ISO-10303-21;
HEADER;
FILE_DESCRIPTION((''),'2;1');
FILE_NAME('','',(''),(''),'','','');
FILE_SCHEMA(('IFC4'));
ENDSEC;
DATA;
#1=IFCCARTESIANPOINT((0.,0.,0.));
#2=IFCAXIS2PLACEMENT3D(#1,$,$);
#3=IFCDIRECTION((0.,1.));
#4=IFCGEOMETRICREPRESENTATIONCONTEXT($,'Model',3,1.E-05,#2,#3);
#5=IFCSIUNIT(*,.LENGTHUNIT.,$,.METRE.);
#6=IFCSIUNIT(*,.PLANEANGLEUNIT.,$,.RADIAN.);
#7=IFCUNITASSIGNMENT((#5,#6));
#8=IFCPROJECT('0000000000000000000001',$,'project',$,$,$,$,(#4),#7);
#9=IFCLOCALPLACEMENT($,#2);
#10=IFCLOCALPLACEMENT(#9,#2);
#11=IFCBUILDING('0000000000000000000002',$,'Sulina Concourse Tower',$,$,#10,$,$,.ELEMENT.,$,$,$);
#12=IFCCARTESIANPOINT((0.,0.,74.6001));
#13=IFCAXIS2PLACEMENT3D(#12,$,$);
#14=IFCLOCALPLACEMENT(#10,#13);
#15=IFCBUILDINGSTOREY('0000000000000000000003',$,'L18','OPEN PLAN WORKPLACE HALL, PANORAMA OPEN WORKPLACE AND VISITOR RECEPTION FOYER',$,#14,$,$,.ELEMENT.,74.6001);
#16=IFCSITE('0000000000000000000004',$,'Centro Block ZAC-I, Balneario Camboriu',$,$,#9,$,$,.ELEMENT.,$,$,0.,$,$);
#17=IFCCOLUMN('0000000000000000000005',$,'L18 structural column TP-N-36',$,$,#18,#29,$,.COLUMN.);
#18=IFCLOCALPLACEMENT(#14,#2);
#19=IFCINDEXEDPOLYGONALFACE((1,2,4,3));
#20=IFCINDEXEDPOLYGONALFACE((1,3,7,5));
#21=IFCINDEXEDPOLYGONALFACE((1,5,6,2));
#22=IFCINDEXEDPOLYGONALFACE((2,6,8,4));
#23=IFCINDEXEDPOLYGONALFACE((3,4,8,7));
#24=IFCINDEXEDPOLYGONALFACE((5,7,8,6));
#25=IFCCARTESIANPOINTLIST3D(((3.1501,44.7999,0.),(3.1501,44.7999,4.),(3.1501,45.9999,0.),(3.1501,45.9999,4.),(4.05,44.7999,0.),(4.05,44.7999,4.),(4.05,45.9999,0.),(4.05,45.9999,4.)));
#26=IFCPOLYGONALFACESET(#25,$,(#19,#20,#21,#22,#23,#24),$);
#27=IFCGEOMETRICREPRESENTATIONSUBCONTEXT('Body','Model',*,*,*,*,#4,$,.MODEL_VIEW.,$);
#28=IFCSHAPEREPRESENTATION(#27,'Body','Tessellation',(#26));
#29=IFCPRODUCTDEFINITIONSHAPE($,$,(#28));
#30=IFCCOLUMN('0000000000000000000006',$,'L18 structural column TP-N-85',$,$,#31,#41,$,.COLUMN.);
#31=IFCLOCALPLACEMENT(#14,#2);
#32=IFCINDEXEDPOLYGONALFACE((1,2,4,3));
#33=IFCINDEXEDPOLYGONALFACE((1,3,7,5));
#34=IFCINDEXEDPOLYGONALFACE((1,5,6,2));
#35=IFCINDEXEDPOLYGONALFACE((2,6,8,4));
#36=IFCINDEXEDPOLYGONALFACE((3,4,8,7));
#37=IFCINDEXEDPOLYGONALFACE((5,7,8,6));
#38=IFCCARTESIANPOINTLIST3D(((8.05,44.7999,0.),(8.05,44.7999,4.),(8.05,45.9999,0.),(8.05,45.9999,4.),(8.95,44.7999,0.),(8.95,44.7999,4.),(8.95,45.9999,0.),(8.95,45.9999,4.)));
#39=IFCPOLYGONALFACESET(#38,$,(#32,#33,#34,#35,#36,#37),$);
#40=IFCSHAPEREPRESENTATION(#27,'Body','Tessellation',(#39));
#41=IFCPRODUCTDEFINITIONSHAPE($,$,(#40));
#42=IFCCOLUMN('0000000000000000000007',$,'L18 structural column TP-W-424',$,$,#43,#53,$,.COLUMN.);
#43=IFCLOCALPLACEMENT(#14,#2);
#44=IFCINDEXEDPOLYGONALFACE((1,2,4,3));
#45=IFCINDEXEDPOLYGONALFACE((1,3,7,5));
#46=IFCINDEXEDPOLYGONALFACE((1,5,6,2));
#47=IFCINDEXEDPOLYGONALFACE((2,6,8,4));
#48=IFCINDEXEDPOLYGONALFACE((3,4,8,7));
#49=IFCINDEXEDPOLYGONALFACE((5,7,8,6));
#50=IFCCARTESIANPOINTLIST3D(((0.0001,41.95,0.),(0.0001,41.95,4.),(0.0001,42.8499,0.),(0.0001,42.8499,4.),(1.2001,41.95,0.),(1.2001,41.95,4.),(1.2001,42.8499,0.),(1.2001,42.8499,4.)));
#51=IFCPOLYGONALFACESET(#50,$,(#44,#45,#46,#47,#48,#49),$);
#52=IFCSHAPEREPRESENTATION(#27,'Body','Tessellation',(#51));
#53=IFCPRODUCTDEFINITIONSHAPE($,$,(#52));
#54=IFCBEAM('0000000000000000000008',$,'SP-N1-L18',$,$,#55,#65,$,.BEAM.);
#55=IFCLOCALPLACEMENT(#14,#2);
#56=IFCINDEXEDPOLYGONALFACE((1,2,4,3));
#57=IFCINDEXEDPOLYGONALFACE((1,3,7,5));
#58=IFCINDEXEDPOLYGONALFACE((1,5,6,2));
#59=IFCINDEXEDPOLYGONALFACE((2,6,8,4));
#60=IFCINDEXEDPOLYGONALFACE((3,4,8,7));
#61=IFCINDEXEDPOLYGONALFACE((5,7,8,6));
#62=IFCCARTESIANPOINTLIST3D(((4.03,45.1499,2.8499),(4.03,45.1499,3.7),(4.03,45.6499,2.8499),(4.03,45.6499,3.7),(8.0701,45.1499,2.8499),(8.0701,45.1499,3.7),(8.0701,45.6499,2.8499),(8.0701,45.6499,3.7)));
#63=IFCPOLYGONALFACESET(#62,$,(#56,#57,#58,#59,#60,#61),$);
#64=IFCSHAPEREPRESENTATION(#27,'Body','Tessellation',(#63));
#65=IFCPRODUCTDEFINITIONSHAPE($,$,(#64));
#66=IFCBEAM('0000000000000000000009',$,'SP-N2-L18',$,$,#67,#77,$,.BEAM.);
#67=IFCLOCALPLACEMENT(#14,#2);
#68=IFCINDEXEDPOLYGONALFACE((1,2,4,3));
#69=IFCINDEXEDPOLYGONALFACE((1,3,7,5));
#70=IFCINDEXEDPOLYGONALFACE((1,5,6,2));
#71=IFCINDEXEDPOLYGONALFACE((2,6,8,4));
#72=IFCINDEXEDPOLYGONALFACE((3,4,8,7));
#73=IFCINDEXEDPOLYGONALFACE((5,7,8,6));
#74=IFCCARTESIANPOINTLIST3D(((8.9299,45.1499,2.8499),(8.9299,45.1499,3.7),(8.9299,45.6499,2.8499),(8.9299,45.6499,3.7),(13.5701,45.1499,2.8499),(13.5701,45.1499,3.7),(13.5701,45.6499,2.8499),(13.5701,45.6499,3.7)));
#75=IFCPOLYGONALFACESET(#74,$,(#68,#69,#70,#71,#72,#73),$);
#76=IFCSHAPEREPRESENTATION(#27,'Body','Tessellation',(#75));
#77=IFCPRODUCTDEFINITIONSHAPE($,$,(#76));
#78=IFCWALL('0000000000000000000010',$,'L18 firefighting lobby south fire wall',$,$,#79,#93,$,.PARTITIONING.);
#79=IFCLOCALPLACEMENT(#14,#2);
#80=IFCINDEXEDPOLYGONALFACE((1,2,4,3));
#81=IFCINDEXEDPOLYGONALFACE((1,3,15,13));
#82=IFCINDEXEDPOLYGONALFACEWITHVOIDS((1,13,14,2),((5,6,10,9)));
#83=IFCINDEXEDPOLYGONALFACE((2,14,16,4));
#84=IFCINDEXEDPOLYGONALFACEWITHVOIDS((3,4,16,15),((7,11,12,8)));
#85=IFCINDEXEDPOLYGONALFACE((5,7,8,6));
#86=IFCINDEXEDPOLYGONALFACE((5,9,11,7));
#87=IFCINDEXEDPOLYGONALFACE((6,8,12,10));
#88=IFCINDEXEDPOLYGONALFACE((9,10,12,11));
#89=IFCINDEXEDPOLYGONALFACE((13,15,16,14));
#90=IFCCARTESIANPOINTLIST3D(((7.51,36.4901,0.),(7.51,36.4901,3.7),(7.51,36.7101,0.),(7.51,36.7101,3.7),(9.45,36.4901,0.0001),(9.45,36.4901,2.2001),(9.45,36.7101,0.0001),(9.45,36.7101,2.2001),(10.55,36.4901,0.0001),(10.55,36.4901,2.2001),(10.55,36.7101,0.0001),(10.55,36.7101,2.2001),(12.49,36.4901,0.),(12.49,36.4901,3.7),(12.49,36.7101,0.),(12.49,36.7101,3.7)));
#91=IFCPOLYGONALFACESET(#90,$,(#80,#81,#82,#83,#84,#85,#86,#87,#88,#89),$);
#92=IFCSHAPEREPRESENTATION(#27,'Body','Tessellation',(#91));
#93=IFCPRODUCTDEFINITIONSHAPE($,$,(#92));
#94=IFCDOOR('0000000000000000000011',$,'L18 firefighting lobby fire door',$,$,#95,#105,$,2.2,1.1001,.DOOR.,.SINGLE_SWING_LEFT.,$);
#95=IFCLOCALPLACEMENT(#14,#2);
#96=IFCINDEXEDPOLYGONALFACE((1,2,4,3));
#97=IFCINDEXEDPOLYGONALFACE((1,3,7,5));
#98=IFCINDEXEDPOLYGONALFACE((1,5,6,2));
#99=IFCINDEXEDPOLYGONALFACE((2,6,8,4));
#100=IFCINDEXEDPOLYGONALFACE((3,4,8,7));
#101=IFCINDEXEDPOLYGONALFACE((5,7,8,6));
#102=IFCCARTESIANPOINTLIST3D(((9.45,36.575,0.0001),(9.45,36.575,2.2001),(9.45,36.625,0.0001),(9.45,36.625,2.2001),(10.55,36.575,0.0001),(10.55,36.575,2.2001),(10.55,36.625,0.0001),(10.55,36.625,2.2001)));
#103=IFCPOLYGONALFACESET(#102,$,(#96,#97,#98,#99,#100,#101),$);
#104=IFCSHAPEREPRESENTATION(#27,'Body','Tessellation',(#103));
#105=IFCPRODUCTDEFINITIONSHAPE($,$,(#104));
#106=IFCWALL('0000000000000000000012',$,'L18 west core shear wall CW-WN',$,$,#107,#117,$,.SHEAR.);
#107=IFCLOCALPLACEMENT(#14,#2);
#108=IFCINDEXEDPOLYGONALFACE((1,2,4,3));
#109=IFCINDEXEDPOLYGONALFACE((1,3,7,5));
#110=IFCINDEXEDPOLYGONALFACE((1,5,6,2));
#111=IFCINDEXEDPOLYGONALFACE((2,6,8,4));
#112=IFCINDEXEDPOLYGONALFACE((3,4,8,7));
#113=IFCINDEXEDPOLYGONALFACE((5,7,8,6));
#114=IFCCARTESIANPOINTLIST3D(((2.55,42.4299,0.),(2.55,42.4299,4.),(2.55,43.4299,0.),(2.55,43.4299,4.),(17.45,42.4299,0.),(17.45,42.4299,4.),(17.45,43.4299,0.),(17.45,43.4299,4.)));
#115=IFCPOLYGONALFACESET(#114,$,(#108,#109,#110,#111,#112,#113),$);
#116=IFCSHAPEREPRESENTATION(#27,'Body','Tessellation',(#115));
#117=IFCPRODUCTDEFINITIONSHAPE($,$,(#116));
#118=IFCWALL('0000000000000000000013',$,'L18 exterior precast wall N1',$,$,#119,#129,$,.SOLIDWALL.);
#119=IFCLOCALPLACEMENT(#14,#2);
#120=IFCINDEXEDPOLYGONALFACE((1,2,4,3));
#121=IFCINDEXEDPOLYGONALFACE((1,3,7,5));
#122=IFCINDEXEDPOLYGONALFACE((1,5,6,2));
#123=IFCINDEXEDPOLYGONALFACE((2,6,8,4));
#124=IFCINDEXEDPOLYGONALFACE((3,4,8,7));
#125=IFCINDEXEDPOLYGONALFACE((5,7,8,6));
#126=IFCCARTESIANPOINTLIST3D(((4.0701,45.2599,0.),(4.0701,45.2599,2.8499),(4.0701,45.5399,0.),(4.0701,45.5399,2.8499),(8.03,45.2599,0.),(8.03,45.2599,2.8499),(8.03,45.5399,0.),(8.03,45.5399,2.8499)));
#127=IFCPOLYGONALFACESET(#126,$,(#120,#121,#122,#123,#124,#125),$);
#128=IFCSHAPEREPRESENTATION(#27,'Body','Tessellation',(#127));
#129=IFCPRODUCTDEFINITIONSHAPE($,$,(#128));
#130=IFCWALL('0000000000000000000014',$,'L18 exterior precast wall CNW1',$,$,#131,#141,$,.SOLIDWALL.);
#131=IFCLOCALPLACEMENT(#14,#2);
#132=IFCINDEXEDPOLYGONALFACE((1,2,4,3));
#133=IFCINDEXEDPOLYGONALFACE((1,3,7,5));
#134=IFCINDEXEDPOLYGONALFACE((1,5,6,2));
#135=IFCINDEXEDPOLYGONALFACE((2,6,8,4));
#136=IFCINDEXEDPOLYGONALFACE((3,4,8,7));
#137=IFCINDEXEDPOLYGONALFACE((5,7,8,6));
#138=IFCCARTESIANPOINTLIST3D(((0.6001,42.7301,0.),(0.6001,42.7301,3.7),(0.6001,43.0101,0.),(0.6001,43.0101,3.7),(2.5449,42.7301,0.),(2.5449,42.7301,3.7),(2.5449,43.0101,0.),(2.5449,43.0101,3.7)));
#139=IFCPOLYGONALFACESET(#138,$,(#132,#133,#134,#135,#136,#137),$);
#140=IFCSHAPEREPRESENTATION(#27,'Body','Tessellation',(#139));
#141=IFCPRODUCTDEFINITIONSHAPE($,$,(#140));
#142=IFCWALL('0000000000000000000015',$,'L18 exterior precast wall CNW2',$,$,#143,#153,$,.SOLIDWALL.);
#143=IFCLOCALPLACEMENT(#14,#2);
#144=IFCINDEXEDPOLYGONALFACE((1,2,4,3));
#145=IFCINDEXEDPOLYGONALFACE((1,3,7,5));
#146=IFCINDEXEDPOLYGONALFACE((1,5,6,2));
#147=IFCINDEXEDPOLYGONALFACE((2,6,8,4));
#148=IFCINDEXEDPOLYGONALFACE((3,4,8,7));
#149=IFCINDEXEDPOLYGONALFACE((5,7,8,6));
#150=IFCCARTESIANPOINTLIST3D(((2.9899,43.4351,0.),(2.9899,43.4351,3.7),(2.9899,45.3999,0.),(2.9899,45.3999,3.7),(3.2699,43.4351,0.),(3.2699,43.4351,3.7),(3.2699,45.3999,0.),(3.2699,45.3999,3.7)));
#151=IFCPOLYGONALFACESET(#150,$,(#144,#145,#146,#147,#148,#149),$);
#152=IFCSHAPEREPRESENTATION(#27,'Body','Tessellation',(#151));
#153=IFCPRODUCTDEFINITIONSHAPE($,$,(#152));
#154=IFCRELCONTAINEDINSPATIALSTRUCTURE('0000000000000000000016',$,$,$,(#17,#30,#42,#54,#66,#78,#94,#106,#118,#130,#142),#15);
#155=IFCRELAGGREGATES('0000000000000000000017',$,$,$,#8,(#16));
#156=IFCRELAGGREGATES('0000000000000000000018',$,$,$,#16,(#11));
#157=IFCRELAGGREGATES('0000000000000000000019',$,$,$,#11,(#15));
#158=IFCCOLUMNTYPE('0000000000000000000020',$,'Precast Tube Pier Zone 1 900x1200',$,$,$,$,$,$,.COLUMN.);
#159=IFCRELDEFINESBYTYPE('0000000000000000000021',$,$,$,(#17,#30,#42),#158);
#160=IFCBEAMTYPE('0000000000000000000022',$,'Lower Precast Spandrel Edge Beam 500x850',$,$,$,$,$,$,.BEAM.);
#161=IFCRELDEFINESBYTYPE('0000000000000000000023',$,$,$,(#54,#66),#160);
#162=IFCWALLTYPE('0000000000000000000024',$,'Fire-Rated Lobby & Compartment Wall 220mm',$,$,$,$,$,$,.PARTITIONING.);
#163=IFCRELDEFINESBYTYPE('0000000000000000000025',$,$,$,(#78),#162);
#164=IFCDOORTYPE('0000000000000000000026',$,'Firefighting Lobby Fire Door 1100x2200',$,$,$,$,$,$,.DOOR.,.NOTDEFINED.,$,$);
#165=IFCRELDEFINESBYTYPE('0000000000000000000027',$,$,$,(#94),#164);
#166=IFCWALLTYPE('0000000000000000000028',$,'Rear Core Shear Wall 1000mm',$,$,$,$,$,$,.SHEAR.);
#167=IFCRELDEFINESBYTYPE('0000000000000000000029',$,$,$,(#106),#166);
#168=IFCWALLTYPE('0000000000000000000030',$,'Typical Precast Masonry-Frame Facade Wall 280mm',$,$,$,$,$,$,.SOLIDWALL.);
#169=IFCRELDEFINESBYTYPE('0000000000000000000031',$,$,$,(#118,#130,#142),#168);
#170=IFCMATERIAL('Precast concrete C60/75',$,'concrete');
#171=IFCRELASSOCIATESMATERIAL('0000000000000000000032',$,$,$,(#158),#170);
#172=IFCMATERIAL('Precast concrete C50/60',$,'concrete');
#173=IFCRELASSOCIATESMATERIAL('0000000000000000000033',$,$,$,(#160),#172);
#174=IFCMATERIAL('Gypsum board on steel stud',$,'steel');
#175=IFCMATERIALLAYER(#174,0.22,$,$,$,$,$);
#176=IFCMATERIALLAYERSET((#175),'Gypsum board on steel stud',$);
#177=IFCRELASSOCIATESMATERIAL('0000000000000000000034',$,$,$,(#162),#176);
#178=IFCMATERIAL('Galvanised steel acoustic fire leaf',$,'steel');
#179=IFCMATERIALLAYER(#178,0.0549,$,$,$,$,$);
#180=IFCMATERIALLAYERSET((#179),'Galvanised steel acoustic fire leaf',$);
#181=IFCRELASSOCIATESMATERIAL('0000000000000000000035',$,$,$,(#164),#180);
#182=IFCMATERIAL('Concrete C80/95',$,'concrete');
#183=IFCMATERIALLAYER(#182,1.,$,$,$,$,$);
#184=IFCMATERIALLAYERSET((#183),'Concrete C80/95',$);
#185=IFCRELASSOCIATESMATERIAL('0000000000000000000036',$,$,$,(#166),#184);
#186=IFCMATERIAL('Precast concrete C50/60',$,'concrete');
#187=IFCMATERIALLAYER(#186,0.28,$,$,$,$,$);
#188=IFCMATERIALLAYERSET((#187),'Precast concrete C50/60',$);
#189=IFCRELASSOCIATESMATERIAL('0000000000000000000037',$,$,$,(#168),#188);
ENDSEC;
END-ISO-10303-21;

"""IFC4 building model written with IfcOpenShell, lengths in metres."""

from ifc_helpers import new_model, si_unit, direction, frame, frame_2d, origin, origin_2d, place, context, subcontext, project, spatial, rectangle, extrude, material, layer, layer_set, material_profile, profile_set, type_object, element, fill, save


model = new_model("IFC4")

# Units and contexts
model_context = context("Model", 3, precision=1e-05, world=origin(), true_north=direction((0.0, 1.0)))
body_context = subcontext(model_context, "Body", "Model", "MODEL_VIEW")
ifc_project = project(units=[si_unit("LENGTHUNIT", "METRE"), si_unit("PLANEANGLEUNIT", "RADIAN")], contexts=[model_context])

# Site, building, storey
site_placement = place(None, origin())
site = spatial("IfcSite", under=ifc_project, at=site_placement, Name="Centro Block ZAC-I, Balneario Camboriu", CompositionType="ELEMENT", RefElevation=0.0)
building_placement = place(site_placement, origin())
building = spatial("IfcBuilding", under=site, at=building_placement, Name="Sulina Concourse Tower", CompositionType="ELEMENT")
storey_placement = place(building_placement, frame((0.0, 0.0, 74.6001)))
storey = spatial("IfcBuildingStorey", under=building, at=storey_placement, Name="L18", Description="OPEN PLAN WORKPLACE HALL, PANORAMA OPEN WORKPLACE AND VISITOR RECEPTION FOYER", CompositionType="ELEMENT", Elevation=74.6001)

# Columns
ifc_material_1 = material(Name="Precast concrete C60/75", Category="concrete")
ifc_material_profile_1 = material_profile(ifc_material_1, rectangle(XDim=0.8999, YDim=1.2, at=origin_2d()), Name="PC 900x1200")
ifc_profile_set_1 = profile_set([ifc_material_profile_1], Name="Precast concrete C60/75")
column_type = type_object("IfcColumnType", Name="Precast Tube Pier Zone 1 900x1200", PredefinedType="COLUMN", material=ifc_profile_set_1)
for number, where, z_axis, x_axis, name in (
    (1, (3.6001, 45.3999, 0.0), (0.0, 0.0, 1.0), (1.0, 0.0, 0.0), "L18 structural column TP-N-36"),
    (2, (8.5, 45.3999, 0.0), (0.0, 0.0, 1.0), (1.0, 0.0, 0.0), "L18 structural column TP-N-85"),
    (3, (0.6001, 42.3999, 0.0), (0.0, 0.0, 1.0), (0.0, 1.0, 0.0), "L18 structural column TP-W-424"),
):
    element("IfcColumn", number, at=place(storey_placement, frame(where, z_axis=z_axis, x_axis=x_axis)), inside=storey, type_object=column_type, Name=name, PredefinedType="COLUMN", context=body_context, shape_type="SweptSolid", body=[
        extrude(rectangle(XDim=0.8999, YDim=1.2, at=origin_2d()), origin(), (0.0, 0.0, 1.0), 4.0),
    ])

# Beams
ifc_material_2 = material(Name="Precast concrete C50/60", Category="concrete")
ifc_material_profile_2 = material_profile(ifc_material_2, rectangle(XDim=0.5, YDim=0.8501, at=origin_2d()), Name="RC 500x850")
ifc_profile_set_2 = profile_set([ifc_material_profile_2], Name="Precast concrete C50/60")
beam_type = type_object("IfcBeamType", Name="Lower Precast Spandrel Edge Beam 500x850", PredefinedType="BEAM", material=ifc_profile_set_2)
beam_1_placement = place(storey_placement, frame((4.03, 45.3999, 3.2749), z_axis=(1.0, 0.0, 0.0), x_axis=(0.0, 1.0, 0.0)))
element("IfcBeam", 4, at=beam_1_placement, inside=storey, type_object=beam_type, Name="SP-N1-L18", PredefinedType="BEAM", context=body_context, shape_type="SweptSolid", body=[
    extrude(rectangle(XDim=0.5, YDim=0.8501, at=origin_2d()), origin(), (0.0, 0.0, 1.0), 4.04),
])
beam_2_placement = place(storey_placement, frame((8.9299, 45.3999, 3.2749), z_axis=(1.0, 0.0, 0.0), x_axis=(0.0, 1.0, 0.0)))
element("IfcBeam", 5, at=beam_2_placement, inside=storey, type_object=beam_type, Name="SP-N2-L18", PredefinedType="BEAM", context=body_context, shape_type="SweptSolid", body=[
    extrude(rectangle(XDim=0.5, YDim=0.8501, at=origin_2d()), origin(), (0.0, 0.0, 1.0), 4.6401),
])

# Wall, opening, door
ifc_material_3 = material(Name="Gypsum board on steel stud", Category="steel")
ifc_layer_1 = layer(ifc_material_3, 0.22)
ifc_layer_set_1 = layer_set([ifc_layer_1], Name="Gypsum board on steel stud")
wall_type_1 = type_object("IfcWallType", Name="Fire-Rated Lobby & Compartment Wall 220mm", PredefinedType="PARTITIONING", material=ifc_layer_set_1)
wall_1_placement = place(storey_placement, frame((7.51, 36.6001, 0.0), z_axis=(0.0, 0.0, 1.0), x_axis=(1.0, 0.0, 0.0)))
wall_1 = element("IfcWall", 6, at=wall_1_placement, inside=storey, type_object=wall_type_1, Name="L18 firefighting lobby south fire wall", PredefinedType="PARTITIONING", context=body_context, shape_type="SweptSolid", body=[
    extrude(rectangle(XDim=4.98, YDim=0.22, at=frame_2d((2.49, 0.0))), origin(), (0.0, 0.0, 1.0), 3.7),
])
opening_placement = place(wall_1_placement, frame((1.9399, 0.0, 0.0)))
opening = element("IfcOpeningElement", 7, at=opening_placement, cuts=wall_1, PredefinedType="OPENING", context=body_context, shape_type="SweptSolid", body=[
    extrude(rectangle(XDim=1.1001, YDim=2.2, at=frame_2d((0.55, 1.1001))), frame((0.0, 0.1199, 0.0), z_axis=(0.0, -1.0, 0.0), x_axis=(1.0, 0.0, 0.0)), (0.0, 0.0, 1.0), 0.24),
])
ifc_material_4 = material(Name="Galvanised steel acoustic fire leaf", Category="steel")
ifc_layer_2 = layer(ifc_material_4, 0.0549)
ifc_layer_set_2 = layer_set([ifc_layer_2], Name="Galvanised steel acoustic fire leaf")
door_type = type_object("IfcDoorType", Name="Firefighting Lobby Fire Door 1100x2200", OperationType="NOTDEFINED", PredefinedType="DOOR", material=ifc_layer_set_2)
door_placement = place(opening_placement, origin())
door = element("IfcDoor", 8, at=door_placement, inside=storey, type_object=door_type, Name="L18 firefighting lobby fire door", OperationType="SINGLE_SWING_LEFT", OverallHeight=2.2, OverallWidth=1.1001, PredefinedType="DOOR", context=body_context, shape_type="SweptSolid", body=[
    extrude(rectangle(XDim=1.1001, YDim=2.2, at=frame_2d((0.55, 1.1001))), frame((0.0, 0.0249, 0.0), z_axis=(0.0, -1.0, 0.0), x_axis=(1.0, 0.0, 0.0)), (0.0, 0.0, 1.0), 0.05),
])
fill(opening, door)

# Walls
ifc_material_5 = material(Name="Concrete C80/95", Category="concrete")
ifc_layer_3 = layer(ifc_material_5, 1.0)
ifc_layer_set_3 = layer_set([ifc_layer_3], Name="Concrete C80/95")
wall_type_2 = type_object("IfcWallType", Name="Rear Core Shear Wall 1000mm", PredefinedType="SHEAR", material=ifc_layer_set_3)
wall_2_placement = place(storey_placement, frame((2.55, 42.9299, 0.0), z_axis=(0.0, 0.0, 1.0), x_axis=(1.0, 0.0, 0.0)))
element("IfcWall", 9, at=wall_2_placement, inside=storey, type_object=wall_type_2, Name="L18 west core shear wall CW-WN", PredefinedType="SHEAR", context=body_context, shape_type="SweptSolid", body=[
    extrude(rectangle(XDim=14.8999, YDim=1.0, at=frame_2d((7.45, 0.0))), origin(), (0.0, 0.0, 1.0), 4.0),
])
ifc_material_6 = material(Name="Precast concrete C50/60", Category="concrete")
ifc_layer_4 = layer(ifc_material_6, 0.28)
ifc_layer_set_4 = layer_set([ifc_layer_4], Name="Precast concrete C50/60")
wall_type_3 = type_object("IfcWallType", Name="Typical Precast Masonry-Frame Facade Wall 280mm", PredefinedType="SOLIDWALL", material=ifc_layer_set_4)
wall_3_placement = place(storey_placement, frame((4.0701, 45.3999, 0.0), z_axis=(0.0, 0.0, 1.0), x_axis=(1.0, 0.0, 0.0)))
element("IfcWall", 10, at=wall_3_placement, inside=storey, type_object=wall_type_3, Name="L18 exterior precast wall N1", PredefinedType="SOLIDWALL", context=body_context, shape_type="SweptSolid", body=[
    extrude(rectangle(XDim=3.96, YDim=0.28, at=frame_2d((1.98, 0.0))), origin(), (0.0, 0.0, 1.0), 2.8499),
])
wall_4_placement = place(storey_placement, frame((0.6001, 42.8701, 0.0), z_axis=(0.0, 0.0, 1.0), x_axis=(1.0, 0.0, 0.0)))
element("IfcWall", 11, at=wall_4_placement, inside=storey, type_object=wall_type_3, Name="L18 exterior precast wall CNW1", PredefinedType="SOLIDWALL", context=body_context, shape_type="SweptSolid", body=[
    extrude(rectangle(XDim=1.9448, YDim=0.28, at=frame_2d((0.9724, 0.0))), origin(), (0.0, 0.0, 1.0), 3.7),
])
wall_5_placement = place(storey_placement, frame((3.1299, 43.4351, 0.0), z_axis=(0.0, 0.0, 1.0), x_axis=(0.0, 1.0, 0.0)))
element("IfcWall", 12, at=wall_5_placement, inside=storey, type_object=wall_type_3, Name="L18 exterior precast wall CNW2", PredefinedType="SOLIDWALL", context=body_context, shape_type="SweptSolid", body=[
    extrude(rectangle(XDim=1.9648, YDim=0.28, at=frame_2d((0.9824, 0.0))), origin(), (0.0, 0.0, 1.0), 3.7),
])

save(model, "model.ifc")
